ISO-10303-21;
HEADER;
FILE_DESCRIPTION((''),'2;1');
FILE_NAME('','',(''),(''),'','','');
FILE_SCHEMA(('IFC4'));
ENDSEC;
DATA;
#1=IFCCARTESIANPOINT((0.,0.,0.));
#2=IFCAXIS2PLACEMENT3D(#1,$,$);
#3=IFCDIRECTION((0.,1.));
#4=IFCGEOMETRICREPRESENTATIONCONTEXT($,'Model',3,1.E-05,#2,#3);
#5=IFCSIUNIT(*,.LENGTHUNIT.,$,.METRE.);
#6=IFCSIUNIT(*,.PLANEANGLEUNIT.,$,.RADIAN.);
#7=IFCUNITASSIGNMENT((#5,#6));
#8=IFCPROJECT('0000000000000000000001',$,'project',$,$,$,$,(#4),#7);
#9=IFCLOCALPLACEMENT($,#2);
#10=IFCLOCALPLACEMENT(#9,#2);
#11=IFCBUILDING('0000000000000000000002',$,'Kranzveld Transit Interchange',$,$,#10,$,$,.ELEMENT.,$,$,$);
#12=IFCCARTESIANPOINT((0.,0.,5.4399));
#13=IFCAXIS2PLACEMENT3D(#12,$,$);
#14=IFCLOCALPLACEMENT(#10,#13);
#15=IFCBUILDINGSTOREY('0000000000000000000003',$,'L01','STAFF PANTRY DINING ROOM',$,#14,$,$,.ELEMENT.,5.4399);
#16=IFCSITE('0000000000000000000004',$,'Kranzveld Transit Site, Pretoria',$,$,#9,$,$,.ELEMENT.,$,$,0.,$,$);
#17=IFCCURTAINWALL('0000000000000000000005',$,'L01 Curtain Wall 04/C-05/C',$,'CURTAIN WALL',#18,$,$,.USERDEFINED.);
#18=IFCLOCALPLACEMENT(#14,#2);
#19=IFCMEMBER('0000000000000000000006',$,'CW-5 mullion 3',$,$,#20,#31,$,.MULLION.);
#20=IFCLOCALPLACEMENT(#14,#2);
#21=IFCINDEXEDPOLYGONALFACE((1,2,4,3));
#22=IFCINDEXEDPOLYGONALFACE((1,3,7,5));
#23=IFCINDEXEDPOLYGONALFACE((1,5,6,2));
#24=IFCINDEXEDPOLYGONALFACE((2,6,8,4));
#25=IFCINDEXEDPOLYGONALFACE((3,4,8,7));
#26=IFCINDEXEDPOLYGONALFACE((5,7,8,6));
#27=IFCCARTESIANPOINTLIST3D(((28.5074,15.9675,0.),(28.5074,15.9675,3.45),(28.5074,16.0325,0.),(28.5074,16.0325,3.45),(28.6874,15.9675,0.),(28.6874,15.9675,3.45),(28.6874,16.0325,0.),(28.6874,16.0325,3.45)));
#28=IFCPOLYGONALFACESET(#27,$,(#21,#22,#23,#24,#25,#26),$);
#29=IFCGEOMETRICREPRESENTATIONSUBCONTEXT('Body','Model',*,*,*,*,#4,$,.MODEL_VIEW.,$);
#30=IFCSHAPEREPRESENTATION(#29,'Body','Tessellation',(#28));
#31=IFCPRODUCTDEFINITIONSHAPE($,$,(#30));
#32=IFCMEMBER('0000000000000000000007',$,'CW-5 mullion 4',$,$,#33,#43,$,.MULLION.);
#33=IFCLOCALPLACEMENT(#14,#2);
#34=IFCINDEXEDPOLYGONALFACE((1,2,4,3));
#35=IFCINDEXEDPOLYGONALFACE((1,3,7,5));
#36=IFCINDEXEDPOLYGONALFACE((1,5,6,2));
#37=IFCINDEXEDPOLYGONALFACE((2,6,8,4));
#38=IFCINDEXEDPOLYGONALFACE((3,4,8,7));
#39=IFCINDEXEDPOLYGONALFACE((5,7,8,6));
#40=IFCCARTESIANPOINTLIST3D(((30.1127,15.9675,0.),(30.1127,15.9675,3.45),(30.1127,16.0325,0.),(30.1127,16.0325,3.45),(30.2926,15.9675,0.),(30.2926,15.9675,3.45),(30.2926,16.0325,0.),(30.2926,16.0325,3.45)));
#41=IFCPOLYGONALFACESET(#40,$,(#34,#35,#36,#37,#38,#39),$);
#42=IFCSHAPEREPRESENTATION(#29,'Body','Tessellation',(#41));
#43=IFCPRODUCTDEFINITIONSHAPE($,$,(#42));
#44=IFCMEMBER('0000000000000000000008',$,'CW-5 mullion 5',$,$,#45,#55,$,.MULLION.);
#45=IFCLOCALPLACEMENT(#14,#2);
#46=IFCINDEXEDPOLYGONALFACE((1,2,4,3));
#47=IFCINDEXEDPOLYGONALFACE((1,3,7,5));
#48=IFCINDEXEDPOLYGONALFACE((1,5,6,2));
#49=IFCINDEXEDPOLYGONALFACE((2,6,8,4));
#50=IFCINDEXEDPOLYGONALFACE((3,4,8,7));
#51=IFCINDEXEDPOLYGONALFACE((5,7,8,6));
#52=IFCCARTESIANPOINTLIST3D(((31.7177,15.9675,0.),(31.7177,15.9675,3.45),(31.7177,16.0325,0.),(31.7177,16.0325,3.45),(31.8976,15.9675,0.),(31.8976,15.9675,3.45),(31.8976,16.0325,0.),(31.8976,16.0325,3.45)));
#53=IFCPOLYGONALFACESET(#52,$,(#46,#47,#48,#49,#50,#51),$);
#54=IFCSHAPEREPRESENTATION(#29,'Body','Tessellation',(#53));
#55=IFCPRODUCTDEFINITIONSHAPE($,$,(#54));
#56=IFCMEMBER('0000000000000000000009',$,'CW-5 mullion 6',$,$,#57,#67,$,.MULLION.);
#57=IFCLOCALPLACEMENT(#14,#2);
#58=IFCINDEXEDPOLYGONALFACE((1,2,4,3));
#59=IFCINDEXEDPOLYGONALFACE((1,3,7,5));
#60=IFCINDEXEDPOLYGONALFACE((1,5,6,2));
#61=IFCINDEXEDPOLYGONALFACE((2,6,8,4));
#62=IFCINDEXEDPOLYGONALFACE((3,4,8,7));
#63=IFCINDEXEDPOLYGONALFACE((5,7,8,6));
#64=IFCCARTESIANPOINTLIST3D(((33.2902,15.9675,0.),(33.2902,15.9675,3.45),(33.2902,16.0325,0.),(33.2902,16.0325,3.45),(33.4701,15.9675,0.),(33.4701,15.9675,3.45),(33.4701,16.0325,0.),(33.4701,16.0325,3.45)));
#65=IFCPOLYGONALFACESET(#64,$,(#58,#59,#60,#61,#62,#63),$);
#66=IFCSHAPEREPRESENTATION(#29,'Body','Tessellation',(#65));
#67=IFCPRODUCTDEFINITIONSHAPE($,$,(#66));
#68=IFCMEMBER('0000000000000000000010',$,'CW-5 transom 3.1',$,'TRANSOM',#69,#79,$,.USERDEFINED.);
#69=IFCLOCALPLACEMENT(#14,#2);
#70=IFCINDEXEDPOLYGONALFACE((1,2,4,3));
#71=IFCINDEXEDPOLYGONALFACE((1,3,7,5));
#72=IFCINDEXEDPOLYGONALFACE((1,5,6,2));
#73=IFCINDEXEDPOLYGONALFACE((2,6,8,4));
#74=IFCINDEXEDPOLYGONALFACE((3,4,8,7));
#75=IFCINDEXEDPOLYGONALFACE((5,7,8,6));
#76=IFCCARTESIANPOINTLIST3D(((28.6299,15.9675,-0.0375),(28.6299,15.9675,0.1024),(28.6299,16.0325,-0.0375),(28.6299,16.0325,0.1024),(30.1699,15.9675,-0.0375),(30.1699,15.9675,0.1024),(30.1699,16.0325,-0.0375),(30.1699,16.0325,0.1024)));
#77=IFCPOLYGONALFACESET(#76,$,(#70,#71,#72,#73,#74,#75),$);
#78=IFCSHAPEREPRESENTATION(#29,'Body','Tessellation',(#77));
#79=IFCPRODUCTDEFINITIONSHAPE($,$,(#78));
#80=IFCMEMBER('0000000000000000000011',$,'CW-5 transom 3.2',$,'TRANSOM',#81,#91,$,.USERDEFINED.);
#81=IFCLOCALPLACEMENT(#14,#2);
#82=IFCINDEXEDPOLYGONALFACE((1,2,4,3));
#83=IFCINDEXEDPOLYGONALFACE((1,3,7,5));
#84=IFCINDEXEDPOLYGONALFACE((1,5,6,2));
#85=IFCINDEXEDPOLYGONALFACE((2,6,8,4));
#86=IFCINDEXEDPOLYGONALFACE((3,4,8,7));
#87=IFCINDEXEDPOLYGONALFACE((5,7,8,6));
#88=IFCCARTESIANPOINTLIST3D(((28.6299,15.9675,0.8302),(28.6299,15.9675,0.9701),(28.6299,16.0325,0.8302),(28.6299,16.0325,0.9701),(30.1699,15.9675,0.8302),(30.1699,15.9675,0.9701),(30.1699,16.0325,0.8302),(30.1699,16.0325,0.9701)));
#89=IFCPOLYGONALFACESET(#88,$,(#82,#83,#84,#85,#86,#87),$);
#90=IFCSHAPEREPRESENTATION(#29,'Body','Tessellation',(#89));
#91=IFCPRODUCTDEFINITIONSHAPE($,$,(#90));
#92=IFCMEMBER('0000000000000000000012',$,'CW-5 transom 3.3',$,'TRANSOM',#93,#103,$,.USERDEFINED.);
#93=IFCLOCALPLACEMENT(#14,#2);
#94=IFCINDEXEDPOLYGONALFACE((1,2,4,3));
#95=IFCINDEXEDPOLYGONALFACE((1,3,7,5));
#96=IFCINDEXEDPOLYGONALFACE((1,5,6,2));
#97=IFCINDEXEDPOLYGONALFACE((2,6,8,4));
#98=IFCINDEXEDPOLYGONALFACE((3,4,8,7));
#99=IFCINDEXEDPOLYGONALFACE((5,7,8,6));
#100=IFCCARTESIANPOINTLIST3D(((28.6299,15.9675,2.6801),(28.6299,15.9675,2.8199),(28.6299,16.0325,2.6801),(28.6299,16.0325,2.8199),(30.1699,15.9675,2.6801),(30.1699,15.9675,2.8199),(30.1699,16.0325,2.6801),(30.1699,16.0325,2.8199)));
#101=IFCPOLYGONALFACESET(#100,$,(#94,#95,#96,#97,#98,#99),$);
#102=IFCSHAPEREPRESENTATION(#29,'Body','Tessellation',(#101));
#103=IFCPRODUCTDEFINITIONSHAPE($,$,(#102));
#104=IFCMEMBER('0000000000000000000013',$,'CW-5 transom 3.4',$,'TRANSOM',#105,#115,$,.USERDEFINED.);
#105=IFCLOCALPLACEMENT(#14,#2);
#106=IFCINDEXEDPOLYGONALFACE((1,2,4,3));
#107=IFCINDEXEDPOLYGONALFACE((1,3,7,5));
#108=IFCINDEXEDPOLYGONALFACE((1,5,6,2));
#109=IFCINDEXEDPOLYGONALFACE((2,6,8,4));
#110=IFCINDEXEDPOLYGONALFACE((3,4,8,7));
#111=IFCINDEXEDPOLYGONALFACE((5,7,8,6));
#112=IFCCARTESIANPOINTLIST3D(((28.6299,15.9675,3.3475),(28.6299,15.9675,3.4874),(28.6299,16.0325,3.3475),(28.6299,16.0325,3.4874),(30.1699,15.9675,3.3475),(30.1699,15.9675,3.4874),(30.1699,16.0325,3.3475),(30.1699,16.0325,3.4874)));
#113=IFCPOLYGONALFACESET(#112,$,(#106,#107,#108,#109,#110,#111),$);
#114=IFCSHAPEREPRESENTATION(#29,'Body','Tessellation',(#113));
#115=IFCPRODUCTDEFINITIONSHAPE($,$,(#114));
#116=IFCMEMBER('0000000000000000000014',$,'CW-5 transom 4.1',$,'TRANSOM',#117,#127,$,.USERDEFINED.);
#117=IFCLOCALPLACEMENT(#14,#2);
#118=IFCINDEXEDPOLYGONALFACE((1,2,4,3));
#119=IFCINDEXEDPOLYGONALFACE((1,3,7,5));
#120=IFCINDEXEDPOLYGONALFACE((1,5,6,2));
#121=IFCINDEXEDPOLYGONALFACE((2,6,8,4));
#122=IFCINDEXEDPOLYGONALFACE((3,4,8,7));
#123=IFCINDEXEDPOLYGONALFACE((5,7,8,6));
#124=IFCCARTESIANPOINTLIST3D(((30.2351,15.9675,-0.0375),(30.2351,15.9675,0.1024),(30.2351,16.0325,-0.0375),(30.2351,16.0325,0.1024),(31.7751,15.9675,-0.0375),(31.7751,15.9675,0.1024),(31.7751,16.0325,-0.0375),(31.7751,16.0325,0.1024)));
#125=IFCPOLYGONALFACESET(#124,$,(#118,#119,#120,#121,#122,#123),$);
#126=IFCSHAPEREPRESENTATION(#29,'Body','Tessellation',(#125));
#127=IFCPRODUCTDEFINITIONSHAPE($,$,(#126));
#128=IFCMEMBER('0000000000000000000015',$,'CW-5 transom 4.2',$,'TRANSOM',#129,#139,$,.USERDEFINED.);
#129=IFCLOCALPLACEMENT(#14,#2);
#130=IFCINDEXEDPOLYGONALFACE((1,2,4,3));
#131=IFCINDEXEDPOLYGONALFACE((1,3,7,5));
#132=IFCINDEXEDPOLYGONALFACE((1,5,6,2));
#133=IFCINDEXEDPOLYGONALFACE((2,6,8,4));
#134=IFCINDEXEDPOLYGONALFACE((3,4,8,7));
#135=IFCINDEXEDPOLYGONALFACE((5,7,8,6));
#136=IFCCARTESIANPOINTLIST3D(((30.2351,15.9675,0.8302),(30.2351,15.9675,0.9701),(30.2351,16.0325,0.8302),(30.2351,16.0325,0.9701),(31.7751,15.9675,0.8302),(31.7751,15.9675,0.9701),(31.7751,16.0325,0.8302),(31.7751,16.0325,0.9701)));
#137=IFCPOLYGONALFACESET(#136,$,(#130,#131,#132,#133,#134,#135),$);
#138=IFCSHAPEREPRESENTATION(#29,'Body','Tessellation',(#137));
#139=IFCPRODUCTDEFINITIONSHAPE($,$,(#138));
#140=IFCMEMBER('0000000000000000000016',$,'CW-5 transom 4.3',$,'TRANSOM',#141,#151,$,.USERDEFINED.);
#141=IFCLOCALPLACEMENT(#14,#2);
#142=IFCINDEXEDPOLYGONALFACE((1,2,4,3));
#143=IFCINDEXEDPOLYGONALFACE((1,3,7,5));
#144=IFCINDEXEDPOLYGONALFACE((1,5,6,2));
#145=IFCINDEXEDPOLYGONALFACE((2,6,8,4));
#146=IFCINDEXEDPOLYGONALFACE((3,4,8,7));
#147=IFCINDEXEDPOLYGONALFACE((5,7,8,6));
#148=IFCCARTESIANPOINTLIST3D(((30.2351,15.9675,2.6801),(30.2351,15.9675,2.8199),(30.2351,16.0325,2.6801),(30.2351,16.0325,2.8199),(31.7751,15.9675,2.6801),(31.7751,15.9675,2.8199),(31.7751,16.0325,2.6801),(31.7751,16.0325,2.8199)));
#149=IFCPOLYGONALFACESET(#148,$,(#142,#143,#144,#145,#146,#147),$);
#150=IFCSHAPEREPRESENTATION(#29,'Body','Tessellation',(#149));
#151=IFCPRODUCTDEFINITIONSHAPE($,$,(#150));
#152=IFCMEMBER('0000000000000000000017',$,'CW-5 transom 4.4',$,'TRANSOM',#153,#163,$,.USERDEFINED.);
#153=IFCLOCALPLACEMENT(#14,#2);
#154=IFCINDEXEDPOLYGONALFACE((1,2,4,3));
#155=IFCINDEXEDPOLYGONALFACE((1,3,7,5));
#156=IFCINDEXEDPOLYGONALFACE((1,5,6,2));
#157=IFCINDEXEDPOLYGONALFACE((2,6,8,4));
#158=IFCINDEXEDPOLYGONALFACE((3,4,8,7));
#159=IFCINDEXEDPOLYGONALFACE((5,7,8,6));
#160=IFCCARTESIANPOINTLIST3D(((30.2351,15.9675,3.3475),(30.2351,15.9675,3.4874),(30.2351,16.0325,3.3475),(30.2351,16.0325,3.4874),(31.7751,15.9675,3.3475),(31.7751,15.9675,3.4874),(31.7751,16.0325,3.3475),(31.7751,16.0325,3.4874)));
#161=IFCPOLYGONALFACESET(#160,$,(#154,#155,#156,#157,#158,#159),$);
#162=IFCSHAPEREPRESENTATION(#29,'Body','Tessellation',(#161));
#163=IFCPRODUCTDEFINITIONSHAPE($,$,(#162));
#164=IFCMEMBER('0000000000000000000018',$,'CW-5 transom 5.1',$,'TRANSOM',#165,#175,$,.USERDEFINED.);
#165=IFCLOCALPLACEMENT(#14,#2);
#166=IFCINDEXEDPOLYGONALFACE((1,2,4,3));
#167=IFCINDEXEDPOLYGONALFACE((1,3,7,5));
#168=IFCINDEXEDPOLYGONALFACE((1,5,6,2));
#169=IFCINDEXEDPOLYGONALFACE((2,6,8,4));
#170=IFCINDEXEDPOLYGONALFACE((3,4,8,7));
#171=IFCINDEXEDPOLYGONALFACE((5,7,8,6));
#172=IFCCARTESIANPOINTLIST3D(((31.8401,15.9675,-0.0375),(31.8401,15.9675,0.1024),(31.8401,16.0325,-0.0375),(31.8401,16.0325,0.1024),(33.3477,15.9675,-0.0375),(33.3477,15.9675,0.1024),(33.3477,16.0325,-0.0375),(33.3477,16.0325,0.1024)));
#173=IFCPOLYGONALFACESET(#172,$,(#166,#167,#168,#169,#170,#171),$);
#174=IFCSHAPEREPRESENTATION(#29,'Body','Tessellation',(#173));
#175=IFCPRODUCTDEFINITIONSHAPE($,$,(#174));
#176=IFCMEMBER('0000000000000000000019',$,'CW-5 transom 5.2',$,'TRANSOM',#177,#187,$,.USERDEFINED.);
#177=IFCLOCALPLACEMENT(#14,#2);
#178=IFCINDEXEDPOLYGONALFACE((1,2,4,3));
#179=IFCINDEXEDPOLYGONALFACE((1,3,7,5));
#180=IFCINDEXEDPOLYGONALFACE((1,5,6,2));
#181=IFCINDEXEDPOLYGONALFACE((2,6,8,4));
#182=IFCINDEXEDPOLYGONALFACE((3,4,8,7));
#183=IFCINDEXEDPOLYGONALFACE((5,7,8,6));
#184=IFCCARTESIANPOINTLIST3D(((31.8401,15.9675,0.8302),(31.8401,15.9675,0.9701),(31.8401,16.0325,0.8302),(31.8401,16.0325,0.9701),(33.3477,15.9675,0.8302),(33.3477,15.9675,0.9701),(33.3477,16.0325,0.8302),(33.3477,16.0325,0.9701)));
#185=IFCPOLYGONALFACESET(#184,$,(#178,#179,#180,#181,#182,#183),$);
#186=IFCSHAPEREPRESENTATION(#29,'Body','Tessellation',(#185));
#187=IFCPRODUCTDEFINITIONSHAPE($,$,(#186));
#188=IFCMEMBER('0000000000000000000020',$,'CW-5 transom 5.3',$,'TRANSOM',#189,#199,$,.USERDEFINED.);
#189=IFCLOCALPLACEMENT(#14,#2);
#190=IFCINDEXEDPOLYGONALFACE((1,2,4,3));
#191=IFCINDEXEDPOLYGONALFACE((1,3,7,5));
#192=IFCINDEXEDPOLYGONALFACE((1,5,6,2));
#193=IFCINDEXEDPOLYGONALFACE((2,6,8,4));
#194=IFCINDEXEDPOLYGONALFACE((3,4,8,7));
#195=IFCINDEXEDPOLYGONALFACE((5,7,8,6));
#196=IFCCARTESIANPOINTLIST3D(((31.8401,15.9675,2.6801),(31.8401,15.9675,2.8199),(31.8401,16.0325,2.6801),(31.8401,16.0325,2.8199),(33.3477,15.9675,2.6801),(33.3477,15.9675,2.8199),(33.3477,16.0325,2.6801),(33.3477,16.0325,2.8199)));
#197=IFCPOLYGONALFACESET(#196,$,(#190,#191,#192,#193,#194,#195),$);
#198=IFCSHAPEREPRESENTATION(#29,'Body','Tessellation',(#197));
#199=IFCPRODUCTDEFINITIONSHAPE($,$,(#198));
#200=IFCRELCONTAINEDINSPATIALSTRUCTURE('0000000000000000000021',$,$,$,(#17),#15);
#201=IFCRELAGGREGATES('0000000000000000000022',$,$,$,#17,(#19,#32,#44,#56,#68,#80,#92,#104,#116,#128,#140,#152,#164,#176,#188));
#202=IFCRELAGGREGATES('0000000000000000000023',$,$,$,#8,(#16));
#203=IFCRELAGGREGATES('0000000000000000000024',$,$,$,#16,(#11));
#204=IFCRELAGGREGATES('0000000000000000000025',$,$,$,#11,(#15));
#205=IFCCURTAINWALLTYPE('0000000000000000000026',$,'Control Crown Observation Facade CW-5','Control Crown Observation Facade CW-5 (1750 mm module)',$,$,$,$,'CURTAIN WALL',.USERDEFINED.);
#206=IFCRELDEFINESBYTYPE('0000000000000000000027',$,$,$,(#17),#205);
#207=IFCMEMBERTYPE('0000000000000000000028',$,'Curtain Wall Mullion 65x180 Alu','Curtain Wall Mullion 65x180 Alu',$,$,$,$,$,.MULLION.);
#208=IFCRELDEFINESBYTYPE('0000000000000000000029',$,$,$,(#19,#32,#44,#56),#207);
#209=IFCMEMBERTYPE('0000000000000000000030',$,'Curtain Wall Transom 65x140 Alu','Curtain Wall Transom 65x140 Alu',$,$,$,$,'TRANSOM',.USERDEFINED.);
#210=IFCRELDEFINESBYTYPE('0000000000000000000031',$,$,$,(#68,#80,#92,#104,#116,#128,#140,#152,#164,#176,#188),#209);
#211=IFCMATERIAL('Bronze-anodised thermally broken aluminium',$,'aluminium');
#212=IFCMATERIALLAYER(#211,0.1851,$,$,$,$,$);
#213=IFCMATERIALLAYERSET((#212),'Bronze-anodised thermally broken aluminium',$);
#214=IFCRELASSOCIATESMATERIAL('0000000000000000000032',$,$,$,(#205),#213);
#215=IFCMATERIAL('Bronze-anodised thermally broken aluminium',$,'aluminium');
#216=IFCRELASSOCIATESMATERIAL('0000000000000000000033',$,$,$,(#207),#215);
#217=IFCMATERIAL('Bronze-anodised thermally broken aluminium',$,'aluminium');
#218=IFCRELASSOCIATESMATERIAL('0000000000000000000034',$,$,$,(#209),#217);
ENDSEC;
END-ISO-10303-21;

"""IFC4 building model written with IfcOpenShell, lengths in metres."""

from ifc_helpers import new_model, si_unit, direction, frame, origin, origin_2d, place, context, subcontext, project, spatial, rectangle, extrude, material, layer, layer_set, material_profile, profile_set, type_object, element, aggregate, save


model = new_model("IFC4")

# Units and contexts
model_context = context("Model", 3, precision=1e-05, world=origin(), true_north=direction((0.0, 1.0)))
body_context = subcontext(model_context, "Body", "Model", "MODEL_VIEW")
ifc_project = project(units=[si_unit("LENGTHUNIT", "METRE"), si_unit("PLANEANGLEUNIT", "RADIAN")], contexts=[model_context])

# Site, building, storey
site_placement = place(None, origin())
site = spatial("IfcSite", under=ifc_project, at=site_placement, Name="Kranzveld Transit Site, Pretoria", CompositionType="ELEMENT", RefElevation=0.0)
building_placement = place(site_placement, origin())
building = spatial("IfcBuilding", under=site, at=building_placement, Name="Kranzveld Transit Interchange", CompositionType="ELEMENT")
storey_placement = place(building_placement, frame((0.0, 0.0, 5.4399)))
storey = spatial("IfcBuildingStorey", under=building, at=storey_placement, Name="L01", Description="STAFF PANTRY DINING ROOM", CompositionType="ELEMENT", Elevation=5.4399)

# Curtain wall, members
ifc_material_1 = material(Name="Bronze-anodised thermally broken aluminium", Category="aluminium")
ifc_layer_1 = layer(ifc_material_1, 0.1851)
ifc_layer_set_1 = layer_set([ifc_layer_1], Name="Bronze-anodised thermally broken aluminium")
curtain_wall_type = type_object("IfcCurtainWallType", Name="Control Crown Observation Facade CW-5", Description="Control Crown Observation Facade CW-5 (1750 mm module)", ElementType="CURTAIN WALL", PredefinedType="USERDEFINED", material=ifc_layer_set_1)
curtain_wall_placement = place(storey_placement, origin())
curtain_wall = element("IfcCurtainWall", 1, at=curtain_wall_placement, inside=storey, type_object=curtain_wall_type, Name="L01 Curtain Wall 04/C-05/C", ObjectType="CURTAIN WALL", PredefinedType="USERDEFINED")
ifc_material_2 = material(Name="Bronze-anodised thermally broken aluminium", Category="aluminium")
ifc_material_profile_1 = material_profile(ifc_material_2, rectangle(XDim=0.0649, YDim=0.1799, at=origin_2d()), Name="ALU MULLION 65x180")
ifc_profile_set_1 = profile_set([ifc_material_profile_1], Name="Bronze-anodised thermally broken aluminium")
member_type_1 = type_object("IfcMemberType", Name="Curtain Wall Mullion 65x180 Alu", Description="Curtain Wall Mullion 65x180 Alu", PredefinedType="MULLION", material=ifc_profile_set_1)
member_1_placement = place(storey_placement, frame((28.5974, 16.0, 0.0), z_axis=(0.0, 0.0, 1.0), x_axis=(0.0, 1.0, 0.0)))
member_1 = element("IfcMember", 2, at=member_1_placement, type_object=member_type_1, Name="CW-5 mullion 3", PredefinedType="MULLION", context=body_context, shape_type="SweptSolid", body=[
    extrude(rectangle(XDim=0.0649, YDim=0.1799, at=origin_2d()), origin(), (0.0, 0.0, 1.0), 3.45),
])
member_2_placement = place(storey_placement, frame((30.2026, 16.0, 0.0), z_axis=(0.0, 0.0, 1.0), x_axis=(0.0, 1.0, 0.0)))
member_2 = element("IfcMember", 3, at=member_2_placement, type_object=member_type_1, Name="CW-5 mullion 4", PredefinedType="MULLION", context=body_context, shape_type="SweptSolid", body=[
    extrude(rectangle(XDim=0.0649, YDim=0.1799, at=origin_2d()), origin(), (0.0, 0.0, 1.0), 3.45),
])
member_3_placement = place(storey_placement, frame((31.8076, 16.0, 0.0), z_axis=(0.0, 0.0, 1.0), x_axis=(0.0, 1.0, 0.0)))
member_3 = element("IfcMember", 4, at=member_3_placement, type_object=member_type_1, Name="CW-5 mullion 5", PredefinedType="MULLION", context=body_context, shape_type="SweptSolid", body=[
    extrude(rectangle(XDim=0.0649, YDim=0.1799, at=origin_2d()), origin(), (0.0, 0.0, 1.0), 3.45),
])
member_4_placement = place(storey_placement, frame((33.3801, 16.0, 0.0), z_axis=(0.0, 0.0, 1.0), x_axis=(0.0, 1.0, 0.0)))
member_4 = element("IfcMember", 5, at=member_4_placement, type_object=member_type_1, Name="CW-5 mullion 6", PredefinedType="MULLION", context=body_context, shape_type="SweptSolid", body=[
    extrude(rectangle(XDim=0.0649, YDim=0.1799, at=origin_2d()), origin(), (0.0, 0.0, 1.0), 3.45),
])
ifc_material_3 = material(Name="Bronze-anodised thermally broken aluminium", Category="aluminium")
ifc_material_profile_2 = material_profile(ifc_material_3, rectangle(XDim=0.0649, YDim=0.1399, at=origin_2d()), Name="ALU TRANSOM 65x140")
ifc_profile_set_2 = profile_set([ifc_material_profile_2], Name="Bronze-anodised thermally broken aluminium")
member_type_2 = type_object("IfcMemberType", Name="Curtain Wall Transom 65x140 Alu", Description="Curtain Wall Transom 65x140 Alu", ElementType="TRANSOM", PredefinedType="USERDEFINED", material=ifc_profile_set_2)
member_5_placement = place(storey_placement, frame((28.6299, 16.0, 0.0325), z_axis=(1.0, 0.0, 0.0), x_axis=(0.0, 1.0, 0.0)))
member_5 = element("IfcMember", 6, at=member_5_placement, type_object=member_type_2, Name="CW-5 transom 3.1", ObjectType="TRANSOM", PredefinedType="USERDEFINED", context=body_context, shape_type="SweptSolid", body=[
    extrude(rectangle(XDim=0.0649, YDim=0.1399, at=origin_2d()), origin(), (0.0, 0.0, 1.0), 1.54),
])
member_6_placement = place(storey_placement, frame((28.6299, 16.0, 0.9001), z_axis=(1.0, 0.0, 0.0), x_axis=(0.0, 1.0, 0.0)))
member_6 = element("IfcMember", 7, at=member_6_placement, type_object=member_type_2, Name="CW-5 transom 3.2", ObjectType="TRANSOM", PredefinedType="USERDEFINED", context=body_context, shape_type="SweptSolid", body=[
    extrude(rectangle(XDim=0.0649, YDim=0.1399, at=origin_2d()), origin(), (0.0, 0.0, 1.0), 1.54),
])
member_7_placement = place(storey_placement, frame((28.6299, 16.0, 2.75), z_axis=(1.0, 0.0, 0.0), x_axis=(0.0, 1.0, 0.0)))
member_7 = element("IfcMember", 8, at=member_7_placement, type_object=member_type_2, Name="CW-5 transom 3.3", ObjectType="TRANSOM", PredefinedType="USERDEFINED", context=body_context, shape_type="SweptSolid", body=[
    extrude(rectangle(XDim=0.0649, YDim=0.1399, at=origin_2d()), origin(), (0.0, 0.0, 1.0), 1.54),
])
member_8_placement = place(storey_placement, frame((28.6299, 16.0, 3.4175), z_axis=(1.0, 0.0, 0.0), x_axis=(0.0, 1.0, 0.0)))
member_8 = element("IfcMember", 9, at=member_8_placement, type_object=member_type_2, Name="CW-5 transom 3.4", ObjectType="TRANSOM", PredefinedType="USERDEFINED", context=body_context, shape_type="SweptSolid", body=[
    extrude(rectangle(XDim=0.0649, YDim=0.1399, at=origin_2d()), origin(), (0.0, 0.0, 1.0), 1.54),
])
member_9_placement = place(storey_placement, frame((30.2351, 16.0, 0.0325), z_axis=(1.0, 0.0, 0.0), x_axis=(0.0, 1.0, 0.0)))
member_9 = element("IfcMember", 10, at=member_9_placement, type_object=member_type_2, Name="CW-5 transom 4.1", ObjectType="TRANSOM", PredefinedType="USERDEFINED", context=body_context, shape_type="SweptSolid", body=[
    extrude(rectangle(XDim=0.0649, YDim=0.1399, at=origin_2d()), origin(), (0.0, 0.0, 1.0), 1.54),
])
member_10_placement = place(storey_placement, frame((30.2351, 16.0, 0.9001), z_axis=(1.0, 0.0, 0.0), x_axis=(0.0, 1.0, 0.0)))
member_10 = element("IfcMember", 11, at=member_10_placement, type_object=member_type_2, Name="CW-5 transom 4.2", ObjectType="TRANSOM", PredefinedType="USERDEFINED", context=body_context, shape_type="SweptSolid", body=[
    extrude(rectangle(XDim=0.0649, YDim=0.1399, at=origin_2d()), origin(), (0.0, 0.0, 1.0), 1.54),
])
member_11_placement = place(storey_placement, frame((30.2351, 16.0, 2.75), z_axis=(1.0, 0.0, 0.0), x_axis=(0.0, 1.0, 0.0)))
member_11 = element("IfcMember", 12, at=member_11_placement, type_object=member_type_2, Name="CW-5 transom 4.3", ObjectType="TRANSOM", PredefinedType="USERDEFINED", context=body_context, shape_type="SweptSolid", body=[
    extrude(rectangle(XDim=0.0649, YDim=0.1399, at=origin_2d()), origin(), (0.0, 0.0, 1.0), 1.54),
])
member_12_placement = place(storey_placement, frame((30.2351, 16.0, 3.4175), z_axis=(1.0, 0.0, 0.0), x_axis=(0.0, 1.0, 0.0)))
member_12 = element("IfcMember", 13, at=member_12_placement, type_object=member_type_2, Name="CW-5 transom 4.4", ObjectType="TRANSOM", PredefinedType="USERDEFINED", context=body_context, shape_type="SweptSolid", body=[
    extrude(rectangle(XDim=0.0649, YDim=0.1399, at=origin_2d()), origin(), (0.0, 0.0, 1.0), 1.54),
])
member_13_placement = place(storey_placement, frame((31.8401, 16.0, 0.0325), z_axis=(1.0, 0.0, 0.0), x_axis=(0.0, 1.0, 0.0)))
member_13 = element("IfcMember", 14, at=member_13_placement, type_object=member_type_2, Name="CW-5 transom 5.1", ObjectType="TRANSOM", PredefinedType="USERDEFINED", context=body_context, shape_type="SweptSolid", body=[
    extrude(rectangle(XDim=0.0649, YDim=0.1399, at=origin_2d()), origin(), (0.0, 0.0, 1.0), 1.5076),
])
member_14_placement = place(storey_placement, frame((31.8401, 16.0, 0.9001), z_axis=(1.0, 0.0, 0.0), x_axis=(0.0, 1.0, 0.0)))
member_14 = element("IfcMember", 15, at=member_14_placement, type_object=member_type_2, Name="CW-5 transom 5.2", ObjectType="TRANSOM", PredefinedType="USERDEFINED", context=body_context, shape_type="SweptSolid", body=[
    extrude(rectangle(XDim=0.0649, YDim=0.1399, at=origin_2d()), origin(), (0.0, 0.0, 1.0), 1.5076),
])
member_15_placement = place(storey_placement, frame((31.8401, 16.0, 2.75), z_axis=(1.0, 0.0, 0.0), x_axis=(0.0, 1.0, 0.0)))
member_15 = element("IfcMember", 16, at=member_15_placement, type_object=member_type_2, Name="CW-5 transom 5.3", ObjectType="TRANSOM", PredefinedType="USERDEFINED", context=body_context, shape_type="SweptSolid", body=[
    extrude(rectangle(XDim=0.0649, YDim=0.1399, at=origin_2d()), origin(), (0.0, 0.0, 1.0), 1.5076),
])
aggregate(curtain_wall, [member_1, member_2, member_3, member_4, member_5, member_6, member_7, member_8, member_9, member_10, member_11, member_12, member_13, member_14, member_15])

save(model, "model.ifc")
